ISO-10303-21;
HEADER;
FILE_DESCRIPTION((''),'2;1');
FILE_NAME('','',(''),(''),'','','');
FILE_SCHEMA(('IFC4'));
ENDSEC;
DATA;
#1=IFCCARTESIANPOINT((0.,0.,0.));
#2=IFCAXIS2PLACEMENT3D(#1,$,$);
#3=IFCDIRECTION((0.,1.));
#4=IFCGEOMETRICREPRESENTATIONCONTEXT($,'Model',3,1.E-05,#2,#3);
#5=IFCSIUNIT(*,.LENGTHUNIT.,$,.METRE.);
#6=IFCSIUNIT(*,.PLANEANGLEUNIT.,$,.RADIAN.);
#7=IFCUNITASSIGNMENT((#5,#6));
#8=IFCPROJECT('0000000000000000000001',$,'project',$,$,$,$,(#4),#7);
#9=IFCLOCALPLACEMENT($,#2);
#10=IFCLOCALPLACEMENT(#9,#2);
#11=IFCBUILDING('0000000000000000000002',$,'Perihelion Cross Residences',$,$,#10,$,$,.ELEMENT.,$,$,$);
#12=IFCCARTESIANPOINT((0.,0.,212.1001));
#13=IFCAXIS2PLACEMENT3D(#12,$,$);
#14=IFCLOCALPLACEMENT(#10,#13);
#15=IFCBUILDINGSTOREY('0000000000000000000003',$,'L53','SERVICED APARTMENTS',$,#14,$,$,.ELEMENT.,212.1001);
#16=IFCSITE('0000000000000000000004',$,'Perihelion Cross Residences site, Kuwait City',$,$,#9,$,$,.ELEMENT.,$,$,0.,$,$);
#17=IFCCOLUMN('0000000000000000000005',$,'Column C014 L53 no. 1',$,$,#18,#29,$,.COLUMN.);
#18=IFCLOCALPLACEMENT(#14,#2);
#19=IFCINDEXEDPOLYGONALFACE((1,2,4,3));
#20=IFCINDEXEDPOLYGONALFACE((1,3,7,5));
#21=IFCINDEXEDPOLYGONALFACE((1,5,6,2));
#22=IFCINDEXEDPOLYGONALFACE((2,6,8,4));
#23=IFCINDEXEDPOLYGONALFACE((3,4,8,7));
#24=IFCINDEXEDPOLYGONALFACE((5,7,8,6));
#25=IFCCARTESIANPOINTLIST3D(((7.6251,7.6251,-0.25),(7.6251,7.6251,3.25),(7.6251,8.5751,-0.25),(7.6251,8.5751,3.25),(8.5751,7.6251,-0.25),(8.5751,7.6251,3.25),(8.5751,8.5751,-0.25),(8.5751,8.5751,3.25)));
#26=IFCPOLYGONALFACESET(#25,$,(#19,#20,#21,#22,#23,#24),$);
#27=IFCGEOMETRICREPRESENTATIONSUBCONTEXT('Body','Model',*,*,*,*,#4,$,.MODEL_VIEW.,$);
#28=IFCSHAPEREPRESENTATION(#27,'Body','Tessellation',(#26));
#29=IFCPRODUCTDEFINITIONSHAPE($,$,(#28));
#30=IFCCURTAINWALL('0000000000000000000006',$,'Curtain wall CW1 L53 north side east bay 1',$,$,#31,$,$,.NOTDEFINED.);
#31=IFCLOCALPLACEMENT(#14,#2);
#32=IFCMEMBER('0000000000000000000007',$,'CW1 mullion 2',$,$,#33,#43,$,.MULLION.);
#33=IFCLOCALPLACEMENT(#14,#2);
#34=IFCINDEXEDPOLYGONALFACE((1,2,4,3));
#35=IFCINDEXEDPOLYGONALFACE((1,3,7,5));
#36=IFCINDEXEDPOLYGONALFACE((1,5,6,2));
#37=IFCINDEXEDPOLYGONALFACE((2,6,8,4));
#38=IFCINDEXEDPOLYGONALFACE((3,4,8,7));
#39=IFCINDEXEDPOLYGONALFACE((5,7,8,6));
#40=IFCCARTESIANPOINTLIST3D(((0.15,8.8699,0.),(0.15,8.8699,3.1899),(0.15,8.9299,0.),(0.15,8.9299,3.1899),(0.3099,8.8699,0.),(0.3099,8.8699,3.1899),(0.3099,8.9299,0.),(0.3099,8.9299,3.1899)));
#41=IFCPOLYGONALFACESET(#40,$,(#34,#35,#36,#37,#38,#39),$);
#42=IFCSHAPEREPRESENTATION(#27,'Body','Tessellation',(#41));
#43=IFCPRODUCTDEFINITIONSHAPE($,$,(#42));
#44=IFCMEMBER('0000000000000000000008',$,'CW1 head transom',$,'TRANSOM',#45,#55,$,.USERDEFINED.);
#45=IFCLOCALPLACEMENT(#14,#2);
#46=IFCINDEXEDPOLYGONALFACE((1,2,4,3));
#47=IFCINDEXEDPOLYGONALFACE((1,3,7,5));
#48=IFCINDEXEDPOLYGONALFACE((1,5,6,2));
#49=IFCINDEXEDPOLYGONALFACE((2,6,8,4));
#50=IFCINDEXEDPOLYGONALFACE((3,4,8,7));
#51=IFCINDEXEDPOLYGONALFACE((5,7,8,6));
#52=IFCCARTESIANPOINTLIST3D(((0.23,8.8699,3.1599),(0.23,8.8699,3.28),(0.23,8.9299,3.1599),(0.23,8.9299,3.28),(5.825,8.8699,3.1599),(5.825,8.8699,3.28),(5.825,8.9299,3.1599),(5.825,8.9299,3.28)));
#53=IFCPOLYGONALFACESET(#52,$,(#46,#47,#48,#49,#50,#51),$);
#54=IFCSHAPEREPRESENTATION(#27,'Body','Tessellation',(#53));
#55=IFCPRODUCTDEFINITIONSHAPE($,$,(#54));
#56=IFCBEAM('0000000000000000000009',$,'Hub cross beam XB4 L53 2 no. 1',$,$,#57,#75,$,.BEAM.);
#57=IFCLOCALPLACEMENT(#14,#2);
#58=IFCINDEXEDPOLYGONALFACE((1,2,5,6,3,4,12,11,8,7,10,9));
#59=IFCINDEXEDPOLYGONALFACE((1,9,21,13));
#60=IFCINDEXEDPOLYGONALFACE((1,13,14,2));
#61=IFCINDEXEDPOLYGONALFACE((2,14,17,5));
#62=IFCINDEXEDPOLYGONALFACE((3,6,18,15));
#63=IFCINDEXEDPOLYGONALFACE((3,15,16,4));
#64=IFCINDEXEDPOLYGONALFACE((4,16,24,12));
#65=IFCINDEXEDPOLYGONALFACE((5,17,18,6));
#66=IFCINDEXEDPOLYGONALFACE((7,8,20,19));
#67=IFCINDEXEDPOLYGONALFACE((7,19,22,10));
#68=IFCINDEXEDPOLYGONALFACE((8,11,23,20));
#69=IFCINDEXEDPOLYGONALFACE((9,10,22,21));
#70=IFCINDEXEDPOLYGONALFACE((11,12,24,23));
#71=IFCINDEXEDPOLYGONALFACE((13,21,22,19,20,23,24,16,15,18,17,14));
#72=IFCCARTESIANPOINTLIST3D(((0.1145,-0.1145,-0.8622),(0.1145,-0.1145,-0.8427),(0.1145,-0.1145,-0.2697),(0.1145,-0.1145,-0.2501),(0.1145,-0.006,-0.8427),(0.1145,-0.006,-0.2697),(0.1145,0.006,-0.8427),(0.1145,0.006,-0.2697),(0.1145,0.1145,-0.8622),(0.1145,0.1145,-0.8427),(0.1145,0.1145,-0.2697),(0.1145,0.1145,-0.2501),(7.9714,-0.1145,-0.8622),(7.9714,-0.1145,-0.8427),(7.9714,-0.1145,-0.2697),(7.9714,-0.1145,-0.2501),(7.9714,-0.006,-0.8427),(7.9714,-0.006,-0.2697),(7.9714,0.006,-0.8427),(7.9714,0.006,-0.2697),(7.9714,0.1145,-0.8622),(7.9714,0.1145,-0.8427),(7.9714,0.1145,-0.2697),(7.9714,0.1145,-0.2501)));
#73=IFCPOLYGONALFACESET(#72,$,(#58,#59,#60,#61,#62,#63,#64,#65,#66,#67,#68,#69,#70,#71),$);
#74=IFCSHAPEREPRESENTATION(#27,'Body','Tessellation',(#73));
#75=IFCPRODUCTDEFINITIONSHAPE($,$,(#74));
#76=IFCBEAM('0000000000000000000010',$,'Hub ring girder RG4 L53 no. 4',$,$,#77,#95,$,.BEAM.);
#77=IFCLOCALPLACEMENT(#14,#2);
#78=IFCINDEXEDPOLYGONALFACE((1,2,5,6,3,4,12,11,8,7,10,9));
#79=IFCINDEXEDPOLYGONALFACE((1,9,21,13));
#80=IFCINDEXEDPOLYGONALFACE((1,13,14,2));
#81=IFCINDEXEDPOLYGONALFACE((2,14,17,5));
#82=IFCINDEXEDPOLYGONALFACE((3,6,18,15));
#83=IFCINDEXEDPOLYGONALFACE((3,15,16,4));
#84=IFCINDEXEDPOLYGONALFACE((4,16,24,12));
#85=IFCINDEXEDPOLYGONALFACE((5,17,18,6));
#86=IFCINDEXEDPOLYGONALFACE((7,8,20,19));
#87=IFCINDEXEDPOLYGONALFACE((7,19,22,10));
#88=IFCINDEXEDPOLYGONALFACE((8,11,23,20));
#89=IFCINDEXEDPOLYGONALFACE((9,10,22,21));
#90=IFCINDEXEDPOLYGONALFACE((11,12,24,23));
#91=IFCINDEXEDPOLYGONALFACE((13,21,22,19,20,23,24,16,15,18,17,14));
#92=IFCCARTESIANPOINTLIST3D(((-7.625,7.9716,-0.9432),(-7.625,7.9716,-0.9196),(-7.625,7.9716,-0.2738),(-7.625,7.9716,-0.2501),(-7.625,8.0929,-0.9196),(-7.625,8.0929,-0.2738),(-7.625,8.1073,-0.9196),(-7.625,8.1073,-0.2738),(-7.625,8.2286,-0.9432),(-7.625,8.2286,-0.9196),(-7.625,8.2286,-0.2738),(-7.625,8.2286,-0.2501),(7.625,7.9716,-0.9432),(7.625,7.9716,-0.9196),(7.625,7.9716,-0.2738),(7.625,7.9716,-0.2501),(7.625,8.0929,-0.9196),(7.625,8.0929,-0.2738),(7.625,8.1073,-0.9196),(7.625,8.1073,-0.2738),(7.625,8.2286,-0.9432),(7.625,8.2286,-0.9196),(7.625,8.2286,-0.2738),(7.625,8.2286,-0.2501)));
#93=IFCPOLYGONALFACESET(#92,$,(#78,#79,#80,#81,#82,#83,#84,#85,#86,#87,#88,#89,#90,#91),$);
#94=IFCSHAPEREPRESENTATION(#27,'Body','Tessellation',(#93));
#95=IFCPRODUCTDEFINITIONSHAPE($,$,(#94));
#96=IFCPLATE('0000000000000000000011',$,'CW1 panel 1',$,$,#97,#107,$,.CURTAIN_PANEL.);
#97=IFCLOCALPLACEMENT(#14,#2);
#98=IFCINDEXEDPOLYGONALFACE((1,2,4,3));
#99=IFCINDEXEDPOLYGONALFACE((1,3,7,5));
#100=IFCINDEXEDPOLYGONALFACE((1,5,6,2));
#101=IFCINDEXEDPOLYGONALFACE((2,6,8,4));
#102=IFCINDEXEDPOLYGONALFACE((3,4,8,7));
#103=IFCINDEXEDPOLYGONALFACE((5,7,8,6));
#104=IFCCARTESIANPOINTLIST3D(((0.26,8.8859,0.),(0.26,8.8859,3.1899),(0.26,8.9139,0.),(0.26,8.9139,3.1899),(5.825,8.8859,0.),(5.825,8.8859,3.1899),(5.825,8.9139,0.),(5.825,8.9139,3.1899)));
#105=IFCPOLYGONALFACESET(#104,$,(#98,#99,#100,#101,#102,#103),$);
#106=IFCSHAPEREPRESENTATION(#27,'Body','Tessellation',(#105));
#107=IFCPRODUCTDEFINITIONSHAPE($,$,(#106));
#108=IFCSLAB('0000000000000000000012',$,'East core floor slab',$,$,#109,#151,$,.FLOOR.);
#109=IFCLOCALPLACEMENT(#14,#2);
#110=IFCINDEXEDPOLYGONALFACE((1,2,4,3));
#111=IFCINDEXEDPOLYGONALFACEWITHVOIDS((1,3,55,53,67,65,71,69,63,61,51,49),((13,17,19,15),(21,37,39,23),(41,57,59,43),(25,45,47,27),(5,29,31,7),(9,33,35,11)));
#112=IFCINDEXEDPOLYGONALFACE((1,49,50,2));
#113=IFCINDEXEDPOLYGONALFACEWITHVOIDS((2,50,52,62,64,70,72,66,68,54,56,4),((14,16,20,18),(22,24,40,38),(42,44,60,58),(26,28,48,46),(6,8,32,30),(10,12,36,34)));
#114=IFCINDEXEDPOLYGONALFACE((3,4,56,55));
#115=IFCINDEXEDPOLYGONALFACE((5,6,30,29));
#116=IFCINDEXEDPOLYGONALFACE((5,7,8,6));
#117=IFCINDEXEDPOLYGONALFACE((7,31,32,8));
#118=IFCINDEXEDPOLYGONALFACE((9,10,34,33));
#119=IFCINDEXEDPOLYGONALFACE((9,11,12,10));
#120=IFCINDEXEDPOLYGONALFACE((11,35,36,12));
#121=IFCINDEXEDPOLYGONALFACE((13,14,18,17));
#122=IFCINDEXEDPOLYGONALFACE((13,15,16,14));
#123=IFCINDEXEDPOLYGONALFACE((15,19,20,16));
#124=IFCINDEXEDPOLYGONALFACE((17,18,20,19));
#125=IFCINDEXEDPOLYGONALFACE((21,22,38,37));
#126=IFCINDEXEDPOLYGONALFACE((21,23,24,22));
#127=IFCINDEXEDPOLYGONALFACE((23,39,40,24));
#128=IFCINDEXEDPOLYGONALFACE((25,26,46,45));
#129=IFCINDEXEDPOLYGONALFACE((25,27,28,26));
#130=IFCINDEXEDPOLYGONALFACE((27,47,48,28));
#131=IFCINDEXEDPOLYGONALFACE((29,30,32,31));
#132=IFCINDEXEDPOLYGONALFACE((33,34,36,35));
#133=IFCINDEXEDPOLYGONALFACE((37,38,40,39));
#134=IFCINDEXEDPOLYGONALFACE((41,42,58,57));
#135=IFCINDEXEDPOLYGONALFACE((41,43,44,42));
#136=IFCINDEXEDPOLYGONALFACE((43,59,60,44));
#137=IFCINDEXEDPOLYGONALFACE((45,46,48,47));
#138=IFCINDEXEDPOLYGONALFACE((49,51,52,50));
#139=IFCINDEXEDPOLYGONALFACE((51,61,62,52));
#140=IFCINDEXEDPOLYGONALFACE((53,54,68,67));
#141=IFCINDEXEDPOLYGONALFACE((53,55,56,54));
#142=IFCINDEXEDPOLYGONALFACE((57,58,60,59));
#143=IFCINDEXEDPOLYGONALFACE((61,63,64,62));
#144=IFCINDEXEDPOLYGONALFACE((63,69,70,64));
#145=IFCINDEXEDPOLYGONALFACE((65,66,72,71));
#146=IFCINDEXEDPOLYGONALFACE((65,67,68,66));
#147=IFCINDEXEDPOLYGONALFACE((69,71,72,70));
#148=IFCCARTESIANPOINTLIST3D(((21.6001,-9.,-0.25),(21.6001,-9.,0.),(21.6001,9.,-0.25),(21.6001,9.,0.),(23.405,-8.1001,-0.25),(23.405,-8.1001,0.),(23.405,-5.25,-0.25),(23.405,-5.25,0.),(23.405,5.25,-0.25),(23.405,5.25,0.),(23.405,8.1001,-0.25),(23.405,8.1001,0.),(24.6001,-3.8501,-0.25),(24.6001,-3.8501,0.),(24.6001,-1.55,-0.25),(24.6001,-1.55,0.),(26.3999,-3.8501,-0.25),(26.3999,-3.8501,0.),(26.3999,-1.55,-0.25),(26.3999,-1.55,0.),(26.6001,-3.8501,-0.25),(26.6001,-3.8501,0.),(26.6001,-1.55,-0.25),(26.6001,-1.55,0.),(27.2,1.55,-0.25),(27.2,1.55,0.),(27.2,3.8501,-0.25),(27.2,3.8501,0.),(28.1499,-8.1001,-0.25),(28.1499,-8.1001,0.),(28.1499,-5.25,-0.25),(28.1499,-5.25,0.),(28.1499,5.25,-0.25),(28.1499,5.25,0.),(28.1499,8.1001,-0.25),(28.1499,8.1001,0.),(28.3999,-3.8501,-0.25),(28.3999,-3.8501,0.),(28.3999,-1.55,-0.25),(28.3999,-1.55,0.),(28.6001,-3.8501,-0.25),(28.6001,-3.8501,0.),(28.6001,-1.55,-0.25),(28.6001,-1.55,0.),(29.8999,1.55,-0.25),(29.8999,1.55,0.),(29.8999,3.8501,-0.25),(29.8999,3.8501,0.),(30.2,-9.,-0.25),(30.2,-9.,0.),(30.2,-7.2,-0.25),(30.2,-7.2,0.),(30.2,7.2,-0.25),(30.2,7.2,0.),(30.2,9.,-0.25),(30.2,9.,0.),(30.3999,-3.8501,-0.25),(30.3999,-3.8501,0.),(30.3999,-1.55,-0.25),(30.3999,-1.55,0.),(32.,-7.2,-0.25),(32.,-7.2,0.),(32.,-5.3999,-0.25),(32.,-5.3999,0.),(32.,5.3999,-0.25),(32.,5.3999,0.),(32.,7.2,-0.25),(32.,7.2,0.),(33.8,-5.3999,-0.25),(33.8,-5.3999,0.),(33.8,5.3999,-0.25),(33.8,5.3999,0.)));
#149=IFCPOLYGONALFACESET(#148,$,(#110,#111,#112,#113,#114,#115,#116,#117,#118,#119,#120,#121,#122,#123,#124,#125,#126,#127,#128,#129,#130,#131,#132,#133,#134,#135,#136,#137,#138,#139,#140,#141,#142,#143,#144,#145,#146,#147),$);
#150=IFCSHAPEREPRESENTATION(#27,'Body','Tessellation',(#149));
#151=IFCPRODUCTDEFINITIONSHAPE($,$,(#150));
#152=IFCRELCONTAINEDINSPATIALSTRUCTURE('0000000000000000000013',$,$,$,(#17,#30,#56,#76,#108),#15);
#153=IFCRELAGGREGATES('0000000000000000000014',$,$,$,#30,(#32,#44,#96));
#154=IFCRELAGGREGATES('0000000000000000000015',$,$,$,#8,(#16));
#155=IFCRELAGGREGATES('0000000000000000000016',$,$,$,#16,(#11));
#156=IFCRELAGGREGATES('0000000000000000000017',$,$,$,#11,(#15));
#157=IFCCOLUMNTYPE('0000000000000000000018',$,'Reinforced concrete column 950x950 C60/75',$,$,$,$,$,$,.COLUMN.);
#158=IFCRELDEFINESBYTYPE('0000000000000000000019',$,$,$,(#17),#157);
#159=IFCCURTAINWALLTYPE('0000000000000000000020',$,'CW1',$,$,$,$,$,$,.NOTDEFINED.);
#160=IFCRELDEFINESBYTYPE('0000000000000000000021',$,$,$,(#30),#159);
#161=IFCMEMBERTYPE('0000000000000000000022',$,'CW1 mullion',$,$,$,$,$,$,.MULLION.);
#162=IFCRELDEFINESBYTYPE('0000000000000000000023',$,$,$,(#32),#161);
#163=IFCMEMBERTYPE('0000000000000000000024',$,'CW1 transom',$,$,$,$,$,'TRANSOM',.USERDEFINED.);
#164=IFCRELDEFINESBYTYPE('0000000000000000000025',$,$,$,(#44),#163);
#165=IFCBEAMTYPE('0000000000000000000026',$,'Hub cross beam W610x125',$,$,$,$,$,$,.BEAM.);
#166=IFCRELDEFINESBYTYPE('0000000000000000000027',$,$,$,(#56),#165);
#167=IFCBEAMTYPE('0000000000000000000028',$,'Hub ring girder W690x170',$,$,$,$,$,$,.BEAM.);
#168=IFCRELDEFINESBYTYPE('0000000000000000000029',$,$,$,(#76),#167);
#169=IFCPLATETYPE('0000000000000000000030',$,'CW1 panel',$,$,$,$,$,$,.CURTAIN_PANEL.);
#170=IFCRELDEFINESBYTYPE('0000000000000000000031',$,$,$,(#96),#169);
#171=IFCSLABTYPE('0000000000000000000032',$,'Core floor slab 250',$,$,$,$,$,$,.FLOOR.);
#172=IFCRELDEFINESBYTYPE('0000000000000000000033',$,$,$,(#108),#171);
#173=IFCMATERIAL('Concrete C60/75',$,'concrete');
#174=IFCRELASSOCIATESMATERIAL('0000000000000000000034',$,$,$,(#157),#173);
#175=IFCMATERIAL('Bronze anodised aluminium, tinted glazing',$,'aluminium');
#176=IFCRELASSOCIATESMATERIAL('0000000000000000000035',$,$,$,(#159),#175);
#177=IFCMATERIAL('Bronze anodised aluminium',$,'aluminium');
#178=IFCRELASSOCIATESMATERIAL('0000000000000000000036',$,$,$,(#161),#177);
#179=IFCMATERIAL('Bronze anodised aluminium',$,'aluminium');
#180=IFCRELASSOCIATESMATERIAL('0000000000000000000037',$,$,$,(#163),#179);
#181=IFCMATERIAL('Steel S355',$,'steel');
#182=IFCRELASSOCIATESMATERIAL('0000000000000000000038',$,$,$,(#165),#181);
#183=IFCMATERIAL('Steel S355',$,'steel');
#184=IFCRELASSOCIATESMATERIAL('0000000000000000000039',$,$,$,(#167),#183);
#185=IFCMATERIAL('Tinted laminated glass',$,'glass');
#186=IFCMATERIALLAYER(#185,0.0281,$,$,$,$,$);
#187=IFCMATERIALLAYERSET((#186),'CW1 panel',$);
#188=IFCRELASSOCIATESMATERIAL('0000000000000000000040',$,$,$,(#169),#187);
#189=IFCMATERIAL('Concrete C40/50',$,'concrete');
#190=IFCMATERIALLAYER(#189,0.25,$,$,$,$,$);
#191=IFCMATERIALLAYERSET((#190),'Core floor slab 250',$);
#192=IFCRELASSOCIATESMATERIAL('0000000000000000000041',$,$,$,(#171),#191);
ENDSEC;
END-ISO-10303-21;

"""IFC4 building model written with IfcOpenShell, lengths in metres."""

from ifc_helpers import new_model, si_unit, direction, frame, origin, origin_2d, place, context, subcontext, project, spatial, polyline, rectangle, i_section, outline, extrude, material, layer, layer_set, material_profile, profile_set, type_object, element, aggregate, save


model = new_model("IFC4")

# Units and contexts
model_context = context("Model", 3, precision=1e-05, world=origin(), true_north=direction((0.0, 1.0)))
body_context = subcontext(model_context, "Body", "Model", "MODEL_VIEW")
ifc_project = project(units=[si_unit("LENGTHUNIT", "METRE"), si_unit("PLANEANGLEUNIT", "RADIAN")], contexts=[model_context])

# Site, building, storey
site_placement = place(None, origin())
site = spatial("IfcSite", under=ifc_project, at=site_placement, Name="Perihelion Cross Residences site, Kuwait City", CompositionType="ELEMENT", RefElevation=0.0)
building_placement = place(site_placement, origin())
building = spatial("IfcBuilding", under=site, at=building_placement, Name="Perihelion Cross Residences", CompositionType="ELEMENT")
storey_placement = place(building_placement, frame((0.0, 0.0, 212.1001)))
storey = spatial("IfcBuildingStorey", under=building, at=storey_placement, Name="L53", Description="SERVICED APARTMENTS", CompositionType="ELEMENT", Elevation=212.1001)

# Column
ifc_material_1 = material(Name="Concrete C60/75", Category="concrete")
ifc_material_profile_1 = material_profile(ifc_material_1, rectangle(XDim=0.95, YDim=0.95, at=origin_2d()), Name="RC 950x950")
ifc_profile_set_1 = profile_set([ifc_material_profile_1], Name="Concrete C60/75")
column_type = type_object("IfcColumnType", Name="Reinforced concrete column 950x950 C60/75", PredefinedType="COLUMN", material=ifc_profile_set_1)
column_placement = place(storey_placement, frame((8.1001, 8.1001, -0.25), z_axis=(0.0, 0.0, 1.0), x_axis=(1.0, 0.0, 0.0)))
element("IfcColumn", 1, at=column_placement, inside=storey, type_object=column_type, Name="Column C014 L53 no. 1", PredefinedType="COLUMN", context=body_context, shape_type="SweptSolid", body=[
    extrude(rectangle(XDim=0.95, YDim=0.95, at=origin_2d()), origin(), (0.0, 0.0, 1.0), 3.5),
])

# Curtain wall, members
ifc_material_2 = material(Name="Bronze anodised aluminium, tinted glazing", Category="aluminium")
curtain_wall_type = type_object("IfcCurtainWallType", Name="CW1", PredefinedType="NOTDEFINED", material=ifc_material_2)
curtain_wall_placement = place(storey_placement, origin())
curtain_wall = element("IfcCurtainWall", 2, at=curtain_wall_placement, inside=storey, type_object=curtain_wall_type, Name="Curtain wall CW1 L53 north side east bay 1", PredefinedType="NOTDEFINED")
ifc_material_3 = material(Name="Bronze anodised aluminium", Category="aluminium")
ifc_material_profile_2 = material_profile(ifc_material_3, rectangle(XDim=0.0601, YDim=0.1599, at=origin_2d()), Name="CW1 mullion")
ifc_profile_set_2 = profile_set([ifc_material_profile_2], Name="Bronze anodised aluminium")
member_type_1 = type_object("IfcMemberType", Name="CW1 mullion", PredefinedType="MULLION", material=ifc_profile_set_2)
member_1_placement = place(storey_placement, frame((0.23, 8.8999, 0.0), z_axis=(0.0, 0.0, 1.0), x_axis=(0.0, -1.0, 0.0)))
member_1 = element("IfcMember", 3, at=member_1_placement, type_object=member_type_1, Name="CW1 mullion 2", PredefinedType="MULLION", context=body_context, shape_type="SweptSolid", body=[
    extrude(rectangle(XDim=0.0601, YDim=0.1599, at=origin_2d()), origin(), (0.0, 0.0, 1.0), 3.1899),
])
ifc_material_4 = material(Name="Bronze anodised aluminium", Category="aluminium")
ifc_material_profile_3 = material_profile(ifc_material_4, rectangle(XDim=0.0601, YDim=0.1201, at=origin_2d()), Name="CW1 transom")
ifc_profile_set_3 = profile_set([ifc_material_profile_3], Name="Bronze anodised aluminium")
member_type_2 = type_object("IfcMemberType", Name="CW1 transom", ElementType="TRANSOM", PredefinedType="USERDEFINED", material=ifc_profile_set_3)
member_2_placement = place(storey_placement, frame((5.825, 8.8999, 3.22), z_axis=(-1.0, 0.0, 0.0), x_axis=(0.0, -1.0, 0.0)))
member_2 = element("IfcMember", 4, at=member_2_placement, type_object=member_type_2, Name="CW1 head transom", ObjectType="TRANSOM", PredefinedType="USERDEFINED", context=body_context, shape_type="SweptSolid", body=[
    extrude(rectangle(XDim=0.0601, YDim=0.1201, at=origin_2d()), origin(), (0.0, 0.0, 1.0), 5.595),
])

# Beams
ifc_material_5 = material(Name="Steel S355", Category="steel")
ifc_material_profile_4 = material_profile(ifc_material_5, i_section(OverallWidth=0.229, OverallDepth=0.6121, WebThickness=0.012, FlangeThickness=0.0195, at=origin_2d()), Name="W610x125")
ifc_profile_set_4 = profile_set([ifc_material_profile_4], Name="Steel S355")
beam_type_1 = type_object("IfcBeamType", Name="Hub cross beam W610x125", PredefinedType="BEAM", material=ifc_profile_set_4)
beam_1_placement = place(storey_placement, frame((0.1145, 0.0, -0.5562), z_axis=(1.0, 0.0, 0.0), x_axis=(0.0, 1.0, 0.0)))
element("IfcBeam", 5, at=beam_1_placement, inside=storey, type_object=beam_type_1, Name="Hub cross beam XB4 L53 2 no. 1", PredefinedType="BEAM", context=body_context, shape_type="SweptSolid", body=[
    extrude(i_section(OverallWidth=0.229, OverallDepth=0.6121, WebThickness=0.012, FlangeThickness=0.0195, at=origin_2d()), origin(), (0.0, 0.0, 1.0), 7.8569),
])
ifc_material_6 = material(Name="Steel S355", Category="steel")
ifc_material_profile_5 = material_profile(ifc_material_6, i_section(OverallWidth=0.2571, OverallDepth=0.6931, WebThickness=0.0144, FlangeThickness=0.0237, at=origin_2d()), Name="W690x170")
ifc_profile_set_5 = profile_set([ifc_material_profile_5], Name="Steel S355")
beam_type_2 = type_object("IfcBeamType", Name="Hub ring girder W690x170", PredefinedType="BEAM", material=ifc_profile_set_5)
beam_2_placement = place(storey_placement, frame((7.625, 8.1001, -0.5967), z_axis=(-1.0, 0.0, 0.0), x_axis=(0.0, -1.0, 0.0)))
element("IfcBeam", 6, at=beam_2_placement, inside=storey, type_object=beam_type_2, Name="Hub ring girder RG4 L53 no. 4", PredefinedType="BEAM", context=body_context, shape_type="SweptSolid", body=[
    extrude(i_section(OverallWidth=0.2571, OverallDepth=0.6931, WebThickness=0.0144, FlangeThickness=0.0237, at=origin_2d()), origin(), (0.0, 0.0, 1.0), 15.25),
])

# Plate
ifc_material_7 = material(Name="Tinted laminated glass", Category="glass")
ifc_layer_1 = layer(ifc_material_7, 0.0281)
ifc_layer_set_1 = layer_set([ifc_layer_1], Name="CW1 panel")
plate_type = type_object("IfcPlateType", Name="CW1 panel", PredefinedType="CURTAIN_PANEL", material=ifc_layer_set_1)
plate_placement = place(storey_placement, frame((3.0425, 8.8999, 0.0), z_axis=(0.0, 0.0, 1.0), x_axis=(-1.0, 0.0, 0.0)))
plate = element("IfcPlate", 7, at=plate_placement, type_object=plate_type, Name="CW1 panel 1", PredefinedType="CURTAIN_PANEL", context=body_context, shape_type="SweptSolid", body=[
    extrude(rectangle(XDim=5.5649, YDim=0.0281, at=origin_2d()), origin(), (0.0, 0.0, 1.0), 3.1899),
])
aggregate(curtain_wall, [member_1, member_2, plate])

# Slab
ifc_material_8 = material(Name="Concrete C40/50", Category="concrete")
ifc_layer_2 = layer(ifc_material_8, 0.25)
ifc_layer_set_2 = layer_set([ifc_layer_2], Name="Core floor slab 250")
slab_type = type_object("IfcSlabType", Name="Core floor slab 250", PredefinedType="FLOOR", material=ifc_layer_set_2)
slab_1_placement = place(storey_placement, frame((0.0, 0.0, -0.25)))
element("IfcSlab", 8, at=slab_1_placement, inside=storey, type_object=slab_type, Name="East core floor slab", PredefinedType="FLOOR", context=body_context, shape_type="SweptSolid", body=[
    extrude(outline(polyline([(30.2, 7.2), (32.0, 7.2), (32.0, 5.3999), (33.8, 5.3999), (33.8, -5.3999), (32.0, -5.3999), (32.0, -7.2), (30.2, -7.2), (30.2, -9.0), (21.6001, -9.0), (21.6001, 9.0), (30.2, 9.0), (30.2, 7.2)]), holes=[polyline([(28.1499, -8.1001), (28.1499, -5.25), (23.405, -5.25), (23.405, -8.1001), (28.1499, -8.1001)]), polyline([(24.6001, -1.55), (24.6001, -3.8501), (26.3999, -3.8501), (26.3999, -1.55), (24.6001, -1.55)]), polyline([(26.6001, -1.55), (26.6001, -3.8501), (28.3999, -3.8501), (28.3999, -1.55), (26.6001, -1.55)]), polyline([(28.6001, -3.8501), (30.3999, -3.8501), (30.3999, -1.55), (28.6001, -1.55), (28.6001, -3.8501)]), polyline([(27.2, 3.8501), (27.2, 1.55), (29.8999, 1.55), (29.8999, 3.8501), (27.2, 3.8501)]), polyline([(23.405, 5.25), (28.1499, 5.25), (28.1499, 8.1001), (23.405, 8.1001), (23.405, 5.25)])]), origin(), (0.0, 0.0, 1.0), 0.25),
])

save(model, "model.ifc")
